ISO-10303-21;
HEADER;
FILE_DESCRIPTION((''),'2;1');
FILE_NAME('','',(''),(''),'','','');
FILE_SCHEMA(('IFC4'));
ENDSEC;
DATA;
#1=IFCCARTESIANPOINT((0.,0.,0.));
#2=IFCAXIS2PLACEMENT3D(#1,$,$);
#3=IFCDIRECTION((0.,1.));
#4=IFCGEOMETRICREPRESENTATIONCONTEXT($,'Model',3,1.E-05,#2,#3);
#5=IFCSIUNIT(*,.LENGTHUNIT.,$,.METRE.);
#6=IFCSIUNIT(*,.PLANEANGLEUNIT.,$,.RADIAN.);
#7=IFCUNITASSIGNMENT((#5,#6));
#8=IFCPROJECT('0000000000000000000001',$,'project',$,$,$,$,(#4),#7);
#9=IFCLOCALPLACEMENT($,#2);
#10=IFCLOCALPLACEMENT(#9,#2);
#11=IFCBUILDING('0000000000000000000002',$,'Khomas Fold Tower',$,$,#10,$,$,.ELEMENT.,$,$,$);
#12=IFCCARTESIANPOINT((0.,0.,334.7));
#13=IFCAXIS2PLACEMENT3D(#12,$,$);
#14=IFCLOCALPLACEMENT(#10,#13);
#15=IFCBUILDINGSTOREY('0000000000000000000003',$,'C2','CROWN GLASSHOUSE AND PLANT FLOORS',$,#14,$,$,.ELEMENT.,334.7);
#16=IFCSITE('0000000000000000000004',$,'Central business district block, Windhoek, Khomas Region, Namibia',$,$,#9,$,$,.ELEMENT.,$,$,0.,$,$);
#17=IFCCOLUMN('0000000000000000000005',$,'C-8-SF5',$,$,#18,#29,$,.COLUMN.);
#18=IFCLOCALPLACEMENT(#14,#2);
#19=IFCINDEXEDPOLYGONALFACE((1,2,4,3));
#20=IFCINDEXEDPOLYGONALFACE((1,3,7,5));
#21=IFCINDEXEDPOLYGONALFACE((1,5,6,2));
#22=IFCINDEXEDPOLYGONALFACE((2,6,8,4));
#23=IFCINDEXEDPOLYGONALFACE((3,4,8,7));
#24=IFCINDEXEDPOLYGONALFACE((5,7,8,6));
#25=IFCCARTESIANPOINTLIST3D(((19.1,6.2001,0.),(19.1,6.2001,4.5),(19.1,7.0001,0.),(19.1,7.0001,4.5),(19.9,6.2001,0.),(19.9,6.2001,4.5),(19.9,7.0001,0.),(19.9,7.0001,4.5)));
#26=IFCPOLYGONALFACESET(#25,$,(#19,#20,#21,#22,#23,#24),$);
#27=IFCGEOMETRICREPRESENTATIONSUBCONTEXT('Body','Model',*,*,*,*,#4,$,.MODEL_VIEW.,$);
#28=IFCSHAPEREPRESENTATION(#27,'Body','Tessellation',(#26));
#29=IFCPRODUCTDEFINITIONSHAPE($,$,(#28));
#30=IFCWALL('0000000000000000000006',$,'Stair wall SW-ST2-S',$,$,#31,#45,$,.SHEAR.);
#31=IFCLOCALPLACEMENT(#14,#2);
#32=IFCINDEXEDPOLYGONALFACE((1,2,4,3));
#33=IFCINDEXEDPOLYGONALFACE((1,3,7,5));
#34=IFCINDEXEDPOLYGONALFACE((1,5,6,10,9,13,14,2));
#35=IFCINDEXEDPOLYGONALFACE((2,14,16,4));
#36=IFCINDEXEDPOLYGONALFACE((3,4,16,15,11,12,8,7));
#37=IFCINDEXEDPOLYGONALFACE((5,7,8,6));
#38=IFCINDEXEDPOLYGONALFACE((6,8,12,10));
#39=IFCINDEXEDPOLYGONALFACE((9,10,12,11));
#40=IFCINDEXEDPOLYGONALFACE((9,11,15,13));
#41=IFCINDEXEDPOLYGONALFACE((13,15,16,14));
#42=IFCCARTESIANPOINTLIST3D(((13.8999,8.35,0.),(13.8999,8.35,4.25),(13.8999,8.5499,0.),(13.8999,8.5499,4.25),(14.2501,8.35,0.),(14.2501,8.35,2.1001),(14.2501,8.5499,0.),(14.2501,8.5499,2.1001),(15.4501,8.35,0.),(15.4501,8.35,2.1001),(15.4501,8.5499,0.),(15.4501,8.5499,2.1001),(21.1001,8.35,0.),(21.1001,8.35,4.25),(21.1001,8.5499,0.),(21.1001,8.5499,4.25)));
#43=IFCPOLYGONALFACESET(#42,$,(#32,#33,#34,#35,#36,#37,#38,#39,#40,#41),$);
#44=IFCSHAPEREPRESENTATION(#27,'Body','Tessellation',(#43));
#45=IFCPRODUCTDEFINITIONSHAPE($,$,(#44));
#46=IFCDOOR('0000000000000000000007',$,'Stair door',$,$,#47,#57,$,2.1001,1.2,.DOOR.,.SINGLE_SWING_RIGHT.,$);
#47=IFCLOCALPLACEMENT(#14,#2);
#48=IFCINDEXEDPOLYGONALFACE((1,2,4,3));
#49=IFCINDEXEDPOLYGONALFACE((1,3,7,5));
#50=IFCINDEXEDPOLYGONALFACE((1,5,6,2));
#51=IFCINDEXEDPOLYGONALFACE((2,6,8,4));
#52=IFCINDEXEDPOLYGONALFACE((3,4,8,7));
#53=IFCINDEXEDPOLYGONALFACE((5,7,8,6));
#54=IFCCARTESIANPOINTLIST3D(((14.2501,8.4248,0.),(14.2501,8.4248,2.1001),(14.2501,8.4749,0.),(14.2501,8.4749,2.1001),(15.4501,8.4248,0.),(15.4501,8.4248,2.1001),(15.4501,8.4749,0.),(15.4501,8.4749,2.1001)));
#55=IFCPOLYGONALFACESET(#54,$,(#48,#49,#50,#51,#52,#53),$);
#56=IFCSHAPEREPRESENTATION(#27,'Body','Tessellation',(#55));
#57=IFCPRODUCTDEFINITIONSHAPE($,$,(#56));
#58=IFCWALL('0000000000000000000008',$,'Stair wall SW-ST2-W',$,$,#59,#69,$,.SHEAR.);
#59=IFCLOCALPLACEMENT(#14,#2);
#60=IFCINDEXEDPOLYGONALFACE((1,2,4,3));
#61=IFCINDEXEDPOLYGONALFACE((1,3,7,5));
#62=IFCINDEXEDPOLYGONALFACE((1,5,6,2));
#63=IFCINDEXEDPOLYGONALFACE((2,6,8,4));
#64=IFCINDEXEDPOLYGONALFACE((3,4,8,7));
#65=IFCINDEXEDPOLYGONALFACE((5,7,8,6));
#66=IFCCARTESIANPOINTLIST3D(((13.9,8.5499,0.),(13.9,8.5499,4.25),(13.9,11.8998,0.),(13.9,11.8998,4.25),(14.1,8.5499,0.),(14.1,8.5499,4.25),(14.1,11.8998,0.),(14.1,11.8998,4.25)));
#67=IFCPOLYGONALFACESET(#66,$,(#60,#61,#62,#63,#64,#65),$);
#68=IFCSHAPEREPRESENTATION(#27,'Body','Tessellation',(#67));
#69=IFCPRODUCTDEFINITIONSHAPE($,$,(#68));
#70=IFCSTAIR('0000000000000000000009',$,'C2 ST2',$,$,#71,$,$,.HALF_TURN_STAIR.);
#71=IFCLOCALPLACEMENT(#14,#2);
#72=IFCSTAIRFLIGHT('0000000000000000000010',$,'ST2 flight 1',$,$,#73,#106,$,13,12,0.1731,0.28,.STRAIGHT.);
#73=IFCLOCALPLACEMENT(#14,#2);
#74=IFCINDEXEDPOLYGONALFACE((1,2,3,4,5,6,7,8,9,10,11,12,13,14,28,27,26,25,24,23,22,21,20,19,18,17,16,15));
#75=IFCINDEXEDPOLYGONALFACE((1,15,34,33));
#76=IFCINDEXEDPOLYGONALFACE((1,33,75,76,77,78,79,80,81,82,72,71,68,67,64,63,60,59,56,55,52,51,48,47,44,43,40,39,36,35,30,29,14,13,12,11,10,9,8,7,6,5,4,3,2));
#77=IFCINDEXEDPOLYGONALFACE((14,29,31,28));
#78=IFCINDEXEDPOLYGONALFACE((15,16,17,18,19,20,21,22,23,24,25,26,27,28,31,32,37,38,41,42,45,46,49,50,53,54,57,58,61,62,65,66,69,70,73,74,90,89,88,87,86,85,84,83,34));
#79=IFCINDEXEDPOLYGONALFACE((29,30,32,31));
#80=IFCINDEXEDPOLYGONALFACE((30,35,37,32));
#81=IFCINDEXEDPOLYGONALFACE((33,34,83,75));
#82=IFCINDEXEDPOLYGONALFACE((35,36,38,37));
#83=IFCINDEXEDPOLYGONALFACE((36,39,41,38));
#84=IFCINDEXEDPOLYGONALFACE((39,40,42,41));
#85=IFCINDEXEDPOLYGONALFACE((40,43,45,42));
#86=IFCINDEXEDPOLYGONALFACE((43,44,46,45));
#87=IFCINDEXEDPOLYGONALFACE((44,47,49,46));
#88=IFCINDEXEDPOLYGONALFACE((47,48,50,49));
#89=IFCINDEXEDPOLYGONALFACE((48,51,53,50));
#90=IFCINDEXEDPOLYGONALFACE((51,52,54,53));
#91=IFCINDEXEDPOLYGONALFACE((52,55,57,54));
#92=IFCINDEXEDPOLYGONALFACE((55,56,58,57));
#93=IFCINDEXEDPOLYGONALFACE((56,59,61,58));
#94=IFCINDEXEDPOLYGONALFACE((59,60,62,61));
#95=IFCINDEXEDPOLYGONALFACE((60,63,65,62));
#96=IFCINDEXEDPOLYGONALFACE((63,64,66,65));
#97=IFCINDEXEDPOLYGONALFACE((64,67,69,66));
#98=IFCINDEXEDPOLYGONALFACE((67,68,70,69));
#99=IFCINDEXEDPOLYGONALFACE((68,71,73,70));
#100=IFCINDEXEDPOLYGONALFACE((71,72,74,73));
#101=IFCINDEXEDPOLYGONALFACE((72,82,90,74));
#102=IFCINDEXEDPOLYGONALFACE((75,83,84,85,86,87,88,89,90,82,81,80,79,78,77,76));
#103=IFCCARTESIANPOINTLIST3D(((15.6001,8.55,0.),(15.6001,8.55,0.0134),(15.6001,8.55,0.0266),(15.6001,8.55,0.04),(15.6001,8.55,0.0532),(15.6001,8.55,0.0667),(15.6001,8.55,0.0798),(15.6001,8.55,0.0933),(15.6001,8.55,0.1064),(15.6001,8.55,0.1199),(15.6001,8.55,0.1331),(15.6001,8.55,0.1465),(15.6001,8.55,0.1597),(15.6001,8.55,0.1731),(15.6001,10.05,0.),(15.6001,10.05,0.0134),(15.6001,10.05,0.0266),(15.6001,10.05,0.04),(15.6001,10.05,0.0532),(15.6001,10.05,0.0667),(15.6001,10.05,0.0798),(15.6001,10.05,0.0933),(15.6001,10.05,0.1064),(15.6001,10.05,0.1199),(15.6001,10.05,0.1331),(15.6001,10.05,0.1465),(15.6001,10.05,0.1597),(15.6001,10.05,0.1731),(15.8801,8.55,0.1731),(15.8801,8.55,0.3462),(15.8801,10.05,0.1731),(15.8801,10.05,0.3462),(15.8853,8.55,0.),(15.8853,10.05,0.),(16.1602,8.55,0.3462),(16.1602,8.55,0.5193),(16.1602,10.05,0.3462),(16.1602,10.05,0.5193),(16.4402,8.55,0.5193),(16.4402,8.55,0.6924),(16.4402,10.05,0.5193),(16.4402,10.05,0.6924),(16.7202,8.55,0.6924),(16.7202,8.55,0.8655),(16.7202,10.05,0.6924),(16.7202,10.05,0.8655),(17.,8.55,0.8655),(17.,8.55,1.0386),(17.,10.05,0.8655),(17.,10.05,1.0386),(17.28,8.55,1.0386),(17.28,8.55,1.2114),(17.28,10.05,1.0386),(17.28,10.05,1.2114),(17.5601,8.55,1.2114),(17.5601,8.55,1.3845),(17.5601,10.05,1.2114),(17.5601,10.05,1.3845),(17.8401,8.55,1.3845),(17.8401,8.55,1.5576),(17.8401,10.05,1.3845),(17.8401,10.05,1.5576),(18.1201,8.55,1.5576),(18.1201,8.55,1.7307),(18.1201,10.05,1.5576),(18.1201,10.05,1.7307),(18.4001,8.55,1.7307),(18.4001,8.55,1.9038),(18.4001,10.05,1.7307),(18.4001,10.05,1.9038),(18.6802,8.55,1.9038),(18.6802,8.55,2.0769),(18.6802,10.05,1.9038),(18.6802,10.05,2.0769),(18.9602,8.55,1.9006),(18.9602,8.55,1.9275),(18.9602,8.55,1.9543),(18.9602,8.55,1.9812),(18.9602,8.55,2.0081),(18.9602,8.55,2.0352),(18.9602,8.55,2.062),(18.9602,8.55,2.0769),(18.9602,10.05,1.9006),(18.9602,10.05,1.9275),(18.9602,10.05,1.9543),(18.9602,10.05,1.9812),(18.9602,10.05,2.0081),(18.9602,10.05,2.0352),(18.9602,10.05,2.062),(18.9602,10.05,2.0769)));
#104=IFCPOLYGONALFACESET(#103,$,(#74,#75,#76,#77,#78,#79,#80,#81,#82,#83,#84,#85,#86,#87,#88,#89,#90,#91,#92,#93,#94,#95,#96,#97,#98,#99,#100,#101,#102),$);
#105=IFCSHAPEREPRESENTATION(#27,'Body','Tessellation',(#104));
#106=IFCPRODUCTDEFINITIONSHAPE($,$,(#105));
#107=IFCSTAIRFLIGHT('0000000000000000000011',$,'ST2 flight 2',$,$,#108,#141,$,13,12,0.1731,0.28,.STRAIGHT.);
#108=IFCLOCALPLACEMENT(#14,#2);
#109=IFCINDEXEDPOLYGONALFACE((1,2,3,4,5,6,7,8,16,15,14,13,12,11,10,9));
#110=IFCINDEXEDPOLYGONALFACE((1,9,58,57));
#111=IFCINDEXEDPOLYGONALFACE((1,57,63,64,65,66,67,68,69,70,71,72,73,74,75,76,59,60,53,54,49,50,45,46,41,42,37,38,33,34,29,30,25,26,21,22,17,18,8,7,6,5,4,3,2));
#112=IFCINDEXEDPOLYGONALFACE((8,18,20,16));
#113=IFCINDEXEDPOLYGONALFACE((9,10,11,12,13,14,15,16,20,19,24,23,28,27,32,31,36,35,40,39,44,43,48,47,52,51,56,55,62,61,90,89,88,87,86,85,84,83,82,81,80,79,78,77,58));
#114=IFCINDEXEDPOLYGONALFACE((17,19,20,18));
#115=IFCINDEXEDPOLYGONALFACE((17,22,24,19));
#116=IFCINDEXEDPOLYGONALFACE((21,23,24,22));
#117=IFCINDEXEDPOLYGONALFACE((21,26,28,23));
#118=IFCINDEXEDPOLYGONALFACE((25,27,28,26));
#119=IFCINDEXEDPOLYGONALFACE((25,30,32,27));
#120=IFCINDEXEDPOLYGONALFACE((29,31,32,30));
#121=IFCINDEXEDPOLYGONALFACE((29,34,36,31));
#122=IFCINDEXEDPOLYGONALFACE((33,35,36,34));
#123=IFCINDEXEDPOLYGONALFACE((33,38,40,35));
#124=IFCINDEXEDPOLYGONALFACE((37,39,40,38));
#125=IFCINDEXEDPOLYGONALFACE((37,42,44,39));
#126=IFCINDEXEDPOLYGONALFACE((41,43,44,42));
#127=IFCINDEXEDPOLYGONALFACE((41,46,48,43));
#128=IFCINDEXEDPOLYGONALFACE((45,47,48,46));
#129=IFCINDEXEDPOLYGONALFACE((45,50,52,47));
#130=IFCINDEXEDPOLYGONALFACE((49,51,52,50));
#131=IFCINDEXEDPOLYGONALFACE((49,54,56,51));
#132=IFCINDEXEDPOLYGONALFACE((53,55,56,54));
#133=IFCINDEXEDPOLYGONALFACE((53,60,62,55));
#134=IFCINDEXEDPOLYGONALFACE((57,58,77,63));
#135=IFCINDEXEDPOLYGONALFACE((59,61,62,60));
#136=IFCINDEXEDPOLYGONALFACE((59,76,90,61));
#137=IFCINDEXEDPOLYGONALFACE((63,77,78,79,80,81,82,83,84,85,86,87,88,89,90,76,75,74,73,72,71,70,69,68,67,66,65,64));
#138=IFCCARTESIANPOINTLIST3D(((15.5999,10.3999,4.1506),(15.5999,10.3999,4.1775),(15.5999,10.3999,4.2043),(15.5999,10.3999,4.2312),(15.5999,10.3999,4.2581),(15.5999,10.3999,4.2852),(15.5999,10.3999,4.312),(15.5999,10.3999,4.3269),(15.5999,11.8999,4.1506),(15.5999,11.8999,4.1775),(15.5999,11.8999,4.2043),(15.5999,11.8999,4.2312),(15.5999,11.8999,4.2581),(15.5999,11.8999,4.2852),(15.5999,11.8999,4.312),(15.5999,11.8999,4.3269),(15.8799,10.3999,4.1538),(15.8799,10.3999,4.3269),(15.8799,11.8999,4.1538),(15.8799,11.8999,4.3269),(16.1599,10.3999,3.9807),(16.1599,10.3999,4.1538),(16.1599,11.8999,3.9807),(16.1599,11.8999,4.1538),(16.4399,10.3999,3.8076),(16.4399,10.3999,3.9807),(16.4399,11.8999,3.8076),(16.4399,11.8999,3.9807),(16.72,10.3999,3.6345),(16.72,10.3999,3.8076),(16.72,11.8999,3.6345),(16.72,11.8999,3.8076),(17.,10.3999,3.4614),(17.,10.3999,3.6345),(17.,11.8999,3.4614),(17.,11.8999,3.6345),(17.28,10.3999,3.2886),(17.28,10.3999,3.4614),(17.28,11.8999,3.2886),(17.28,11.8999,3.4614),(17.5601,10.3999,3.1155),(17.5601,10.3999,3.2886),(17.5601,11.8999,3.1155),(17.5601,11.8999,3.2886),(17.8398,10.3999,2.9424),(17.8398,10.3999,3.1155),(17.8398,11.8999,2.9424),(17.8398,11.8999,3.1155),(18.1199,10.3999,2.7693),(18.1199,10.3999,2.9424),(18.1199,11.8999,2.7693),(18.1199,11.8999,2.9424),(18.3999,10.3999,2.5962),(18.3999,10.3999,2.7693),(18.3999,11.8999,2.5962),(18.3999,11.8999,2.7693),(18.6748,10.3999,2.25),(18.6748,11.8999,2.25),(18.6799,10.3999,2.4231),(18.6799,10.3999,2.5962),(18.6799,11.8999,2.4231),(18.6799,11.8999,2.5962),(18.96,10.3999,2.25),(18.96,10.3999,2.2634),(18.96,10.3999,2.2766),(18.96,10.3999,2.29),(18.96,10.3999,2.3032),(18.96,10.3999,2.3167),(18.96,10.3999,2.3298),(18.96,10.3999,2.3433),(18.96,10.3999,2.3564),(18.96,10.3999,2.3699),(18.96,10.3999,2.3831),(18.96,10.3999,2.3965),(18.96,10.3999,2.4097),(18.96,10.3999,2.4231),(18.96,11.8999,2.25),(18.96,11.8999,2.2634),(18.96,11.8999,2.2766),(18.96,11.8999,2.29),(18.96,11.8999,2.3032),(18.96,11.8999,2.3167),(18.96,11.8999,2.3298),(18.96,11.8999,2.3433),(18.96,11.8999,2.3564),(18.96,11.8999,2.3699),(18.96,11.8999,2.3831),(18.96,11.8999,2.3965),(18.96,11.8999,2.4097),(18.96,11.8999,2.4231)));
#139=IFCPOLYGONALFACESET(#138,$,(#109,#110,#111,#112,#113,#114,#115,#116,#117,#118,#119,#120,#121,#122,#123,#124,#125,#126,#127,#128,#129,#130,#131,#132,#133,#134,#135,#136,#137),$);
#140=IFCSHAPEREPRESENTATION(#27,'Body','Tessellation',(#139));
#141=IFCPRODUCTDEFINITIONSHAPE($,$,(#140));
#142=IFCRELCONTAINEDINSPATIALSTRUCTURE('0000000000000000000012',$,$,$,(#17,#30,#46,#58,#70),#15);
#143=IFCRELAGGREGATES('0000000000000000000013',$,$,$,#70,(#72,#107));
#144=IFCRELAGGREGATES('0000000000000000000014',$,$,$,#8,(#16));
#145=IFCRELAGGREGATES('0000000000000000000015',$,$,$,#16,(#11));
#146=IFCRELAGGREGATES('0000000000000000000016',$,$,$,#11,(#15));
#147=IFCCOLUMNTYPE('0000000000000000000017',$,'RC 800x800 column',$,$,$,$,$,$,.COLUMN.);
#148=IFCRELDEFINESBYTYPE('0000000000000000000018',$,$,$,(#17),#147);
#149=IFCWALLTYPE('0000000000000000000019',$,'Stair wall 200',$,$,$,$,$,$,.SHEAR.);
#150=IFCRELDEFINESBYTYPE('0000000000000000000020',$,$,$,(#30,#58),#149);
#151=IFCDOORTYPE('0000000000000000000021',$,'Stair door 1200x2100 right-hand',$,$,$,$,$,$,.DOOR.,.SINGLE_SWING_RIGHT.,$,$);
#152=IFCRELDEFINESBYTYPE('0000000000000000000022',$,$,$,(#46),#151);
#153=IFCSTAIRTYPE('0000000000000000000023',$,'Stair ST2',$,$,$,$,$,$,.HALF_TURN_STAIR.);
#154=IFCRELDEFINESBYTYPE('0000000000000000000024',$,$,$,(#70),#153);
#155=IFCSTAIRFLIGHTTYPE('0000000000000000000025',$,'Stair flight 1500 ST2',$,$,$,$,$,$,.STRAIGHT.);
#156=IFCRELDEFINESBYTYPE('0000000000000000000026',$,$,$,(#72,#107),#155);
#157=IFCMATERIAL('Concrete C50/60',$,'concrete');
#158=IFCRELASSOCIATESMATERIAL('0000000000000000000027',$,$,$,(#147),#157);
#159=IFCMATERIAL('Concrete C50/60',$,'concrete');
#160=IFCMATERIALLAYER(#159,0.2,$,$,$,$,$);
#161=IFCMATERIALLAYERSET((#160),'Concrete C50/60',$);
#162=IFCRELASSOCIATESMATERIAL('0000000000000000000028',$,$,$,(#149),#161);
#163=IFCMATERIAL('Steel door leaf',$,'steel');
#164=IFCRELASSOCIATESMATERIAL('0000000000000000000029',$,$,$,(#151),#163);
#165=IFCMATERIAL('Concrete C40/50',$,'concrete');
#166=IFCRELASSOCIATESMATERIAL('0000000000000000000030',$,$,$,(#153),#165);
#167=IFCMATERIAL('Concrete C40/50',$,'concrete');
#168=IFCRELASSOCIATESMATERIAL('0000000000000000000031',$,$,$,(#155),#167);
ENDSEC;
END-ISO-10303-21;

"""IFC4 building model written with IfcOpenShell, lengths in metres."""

from ifc_helpers import new_model, si_unit, direction, frame, frame_2d, origin, origin_2d, place, context, subcontext, project, spatial, polyline, rectangle, outline, extrude, source, transform, mapped, material, layer, layer_set, material_profile, profile_set, type_object, element, fill, aggregate, save


model = new_model("IFC4")

# Units and contexts
model_context = context("Model", 3, precision=1e-05, world=origin(), true_north=direction((0.0, 1.0)))
body_context = subcontext(model_context, "Body", "Model", "MODEL_VIEW")
ifc_project = project(units=[si_unit("LENGTHUNIT", "METRE"), si_unit("PLANEANGLEUNIT", "RADIAN")], contexts=[model_context])

# Site, building, storey
site_placement = place(None, origin())
site = spatial("IfcSite", under=ifc_project, at=site_placement, Name="Central business district block, Windhoek, Khomas Region, Namibia", CompositionType="ELEMENT", RefElevation=0.0)
building_placement = place(site_placement, origin())
building = spatial("IfcBuilding", under=site, at=building_placement, Name="Khomas Fold Tower", CompositionType="ELEMENT")
storey_placement = place(building_placement, frame((0.0, 0.0, 334.7)))
storey = spatial("IfcBuildingStorey", under=building, at=storey_placement, Name="C2", Description="CROWN GLASSHOUSE AND PLANT FLOORS", CompositionType="ELEMENT", Elevation=334.7)

# Column
ifc_material_1 = material(Name="Concrete C50/60", Category="concrete")
ifc_material_profile = material_profile(ifc_material_1, rectangle(XDim=0.8, YDim=0.8, at=origin_2d()), Name="RC 800x800")
ifc_profile_set = profile_set([ifc_material_profile], Name="Concrete C50/60")
column_type = type_object("IfcColumnType", Name="RC 800x800 column", PredefinedType="COLUMN", material=ifc_profile_set)
shared_shape_1 = source(origin(), body_context, "Body", "SweptSolid", [
    extrude(rectangle(XDim=0.8, YDim=0.8, at=origin_2d()), origin(), (0.0, 0.0, 1.0), 4.5),
])
column_placement = place(storey_placement, frame((19.5, 6.6001, 0.0), z_axis=(0.0, 0.0, 1.0), x_axis=(1.0, 0.0, 0.0)))
element("IfcColumn", 1, at=column_placement, inside=storey, type_object=column_type, Name="C-8-SF5", PredefinedType="COLUMN", context=body_context, shape_type="MappedRepresentation", body=[
    mapped(shared_shape_1, transform((0.0, 0.0, 0.0))),
])

# Wall, opening, door
ifc_material_2 = material(Name="Concrete C50/60", Category="concrete")
ifc_layer = layer(ifc_material_2, 0.2)
ifc_layer_set = layer_set([ifc_layer], Name="Concrete C50/60")
wall_type = type_object("IfcWallType", Name="Stair wall 200", PredefinedType="SHEAR", material=ifc_layer_set)
shared_shape_2 = source(origin(), body_context, "Body", "SweptSolid", [
    extrude(rectangle(XDim=7.2002, YDim=0.2, at=frame_2d((3.6001, 0.0))), origin(), (0.0, 0.0, 1.0), 4.25),
])
wall_1_placement = place(storey_placement, frame((13.8999, 8.45, 0.0), z_axis=(0.0, 0.0, 1.0), x_axis=(1.0, 0.0, 0.0)))
wall_1 = element("IfcWall", 2, at=wall_1_placement, inside=storey, type_object=wall_type, Name="Stair wall SW-ST2-S", PredefinedType="SHEAR", context=body_context, shape_type="MappedRepresentation", body=[
    mapped(shared_shape_2, transform((0.0, 0.0, 0.0))),
])
shared_shape_3 = source(origin(), body_context, "Body", "SweptSolid", [
    extrude(rectangle(XDim=1.2, YDim=2.1001, at=frame_2d((0.6001, 1.05))), frame((0.0, 0.1099, 0.0), z_axis=(0.0, -1.0, 0.0), x_axis=(1.0, 0.0, 0.0)), (0.0, 0.0, 1.0), 0.22),
])
opening_placement = place(wall_1_placement, frame((0.3501, 0.0, 0.0)))
opening = element("IfcOpeningElement", 3, at=opening_placement, cuts=wall_1, PredefinedType="OPENING", context=body_context, shape_type="MappedRepresentation", body=[
    mapped(shared_shape_3, transform((0.0, 0.0, 0.0))),
])
ifc_material_3 = material(Name="Steel door leaf", Category="steel")
door_type = type_object("IfcDoorType", Name="Stair door 1200x2100 right-hand", OperationType="SINGLE_SWING_RIGHT", PredefinedType="DOOR", material=ifc_material_3)
shared_shape_4 = source(origin(), body_context, "Body", "SweptSolid", [
    extrude(rectangle(XDim=1.2, YDim=2.1001, at=frame_2d((0.6001, 1.05))), frame((0.0, 0.0249, 0.0), z_axis=(0.0, -1.0, 0.0), x_axis=(1.0, 0.0, 0.0)), (0.0, 0.0, 1.0), 0.05),
])
door_placement = place(opening_placement, origin())
door = element("IfcDoor", 4, at=door_placement, inside=storey, type_object=door_type, Name="Stair door", OperationType="SINGLE_SWING_RIGHT", OverallHeight=2.1001, OverallWidth=1.2, PredefinedType="DOOR", context=body_context, shape_type="MappedRepresentation", body=[
    mapped(shared_shape_4, transform((0.0, 0.0, 0.0))),
])
fill(opening, door)

# Wall
shared_shape_5 = source(origin(), body_context, "Body", "SweptSolid", [
    extrude(rectangle(XDim=3.3499, YDim=0.2, at=frame_2d((1.6748, 0.0))), origin(), (0.0, 0.0, 1.0), 4.25),
])
wall_2_placement = place(storey_placement, frame((14.0, 8.55, 0.0), z_axis=(0.0, 0.0, 1.0), x_axis=(0.0, 1.0, 0.0)))
element("IfcWall", 5, at=wall_2_placement, inside=storey, type_object=wall_type, Name="Stair wall SW-ST2-W", PredefinedType="SHEAR", context=body_context, shape_type="MappedRepresentation", body=[
    mapped(shared_shape_5, transform((0.0, 0.0, 0.0))),
])

# Stair, stair flights
ifc_material_4 = material(Name="Concrete C40/50", Category="concrete")
stair_type = type_object("IfcStairType", Name="Stair ST2", PredefinedType="HALF_TURN_STAIR", material=ifc_material_4)
stair_placement = place(storey_placement, origin())
stair = element("IfcStair", 6, at=stair_placement, inside=storey, type_object=stair_type, Name="C2 ST2", PredefinedType="HALF_TURN_STAIR")
ifc_material_5 = material(Name="Concrete C40/50", Category="concrete")
stair_flight_type = type_object("IfcStairFlightType", Name="Stair flight 1500 ST2", PredefinedType="STRAIGHT", material=ifc_material_5)
shared_shape_6 = source(origin(), body_context, "Body", "SweptSolid", [
    extrude(outline(polyline([(0.0, 0.0), (0.0, 0.0134), (0.0, 0.0266), (0.0, 0.04), (0.0, 0.0532), (0.0, 0.0667), (0.0, 0.0798), (0.0, 0.0933), (0.0, 0.1064), (0.0, 0.1199), (0.0, 0.1331), (0.0, 0.1465), (0.0, 0.1597), (0.0, 0.1731), (0.28, 0.1731), (0.28, 0.3462), (0.5601, 0.3462), (0.5601, 0.5193), (0.8401, 0.5193), (0.8401, 0.6924), (1.1201, 0.6924), (1.1201, 0.8655), (1.3999, 0.8655), (1.3999, 1.0386), (1.6799, 1.0386), (1.6799, 1.2114), (1.96, 1.2114), (1.96, 1.3845), (2.24, 1.3845), (2.24, 1.5576), (2.52, 1.5576), (2.52, 1.7307), (2.8, 1.7307), (2.8, 1.9038), (3.0801, 1.9038), (3.0801, 2.0769), (3.3601, 2.0769), (3.3601, 2.25), (3.3601, 2.2231), (3.3601, 2.1963), (3.3601, 2.1694), (3.3601, 2.1426), (3.3601, 2.1157), (3.3601, 2.0889), (3.3601, 2.062), (3.3601, 2.0352), (3.3601, 2.0081), (3.3601, 1.9812), (3.3601, 1.9543), (3.3601, 1.9275), (3.3601, 1.9006), (0.2852, 0.0), (0.0, 0.0)])), frame((0.0, 0.75, 0.0), z_axis=(0.0, -1.0, 0.0), x_axis=(1.0, 0.0, 0.0)), (0.0, 0.0, 1.0), 1.5),
])
stair_flight_1_placement = place(storey_placement, frame((15.6001, 9.3, 0.0), z_axis=(0.0, 0.0, 1.0), x_axis=(1.0, 0.0, 0.0)))
stair_flight_1 = element("IfcStairFlight", 7, at=stair_flight_1_placement, type_object=stair_flight_type, Name="ST2 flight 1", NumberOfRisers=13, NumberOfTreads=12, PredefinedType="STRAIGHT", RiserHeight=0.1731, TreadLength=0.28, context=body_context, shape_type="MappedRepresentation", body=[
    mapped(shared_shape_6, transform((0.0, 0.0, 0.0))),
])
stair_flight_2_placement = place(storey_placement, frame((18.96, 11.1499, 2.25), z_axis=(0.0, 0.0, 1.0), x_axis=(-1.0, 0.0, 0.0)))
stair_flight_2 = element("IfcStairFlight", 8, at=stair_flight_2_placement, type_object=stair_flight_type, Name="ST2 flight 2", NumberOfRisers=13, NumberOfTreads=12, PredefinedType="STRAIGHT", RiserHeight=0.1731, TreadLength=0.28, context=body_context, shape_type="MappedRepresentation", body=[
    mapped(shared_shape_6, transform((0.0, 0.0, 0.0))),
])
aggregate(stair, [stair_flight_1, stair_flight_2])

save(model, "model.ifc")
